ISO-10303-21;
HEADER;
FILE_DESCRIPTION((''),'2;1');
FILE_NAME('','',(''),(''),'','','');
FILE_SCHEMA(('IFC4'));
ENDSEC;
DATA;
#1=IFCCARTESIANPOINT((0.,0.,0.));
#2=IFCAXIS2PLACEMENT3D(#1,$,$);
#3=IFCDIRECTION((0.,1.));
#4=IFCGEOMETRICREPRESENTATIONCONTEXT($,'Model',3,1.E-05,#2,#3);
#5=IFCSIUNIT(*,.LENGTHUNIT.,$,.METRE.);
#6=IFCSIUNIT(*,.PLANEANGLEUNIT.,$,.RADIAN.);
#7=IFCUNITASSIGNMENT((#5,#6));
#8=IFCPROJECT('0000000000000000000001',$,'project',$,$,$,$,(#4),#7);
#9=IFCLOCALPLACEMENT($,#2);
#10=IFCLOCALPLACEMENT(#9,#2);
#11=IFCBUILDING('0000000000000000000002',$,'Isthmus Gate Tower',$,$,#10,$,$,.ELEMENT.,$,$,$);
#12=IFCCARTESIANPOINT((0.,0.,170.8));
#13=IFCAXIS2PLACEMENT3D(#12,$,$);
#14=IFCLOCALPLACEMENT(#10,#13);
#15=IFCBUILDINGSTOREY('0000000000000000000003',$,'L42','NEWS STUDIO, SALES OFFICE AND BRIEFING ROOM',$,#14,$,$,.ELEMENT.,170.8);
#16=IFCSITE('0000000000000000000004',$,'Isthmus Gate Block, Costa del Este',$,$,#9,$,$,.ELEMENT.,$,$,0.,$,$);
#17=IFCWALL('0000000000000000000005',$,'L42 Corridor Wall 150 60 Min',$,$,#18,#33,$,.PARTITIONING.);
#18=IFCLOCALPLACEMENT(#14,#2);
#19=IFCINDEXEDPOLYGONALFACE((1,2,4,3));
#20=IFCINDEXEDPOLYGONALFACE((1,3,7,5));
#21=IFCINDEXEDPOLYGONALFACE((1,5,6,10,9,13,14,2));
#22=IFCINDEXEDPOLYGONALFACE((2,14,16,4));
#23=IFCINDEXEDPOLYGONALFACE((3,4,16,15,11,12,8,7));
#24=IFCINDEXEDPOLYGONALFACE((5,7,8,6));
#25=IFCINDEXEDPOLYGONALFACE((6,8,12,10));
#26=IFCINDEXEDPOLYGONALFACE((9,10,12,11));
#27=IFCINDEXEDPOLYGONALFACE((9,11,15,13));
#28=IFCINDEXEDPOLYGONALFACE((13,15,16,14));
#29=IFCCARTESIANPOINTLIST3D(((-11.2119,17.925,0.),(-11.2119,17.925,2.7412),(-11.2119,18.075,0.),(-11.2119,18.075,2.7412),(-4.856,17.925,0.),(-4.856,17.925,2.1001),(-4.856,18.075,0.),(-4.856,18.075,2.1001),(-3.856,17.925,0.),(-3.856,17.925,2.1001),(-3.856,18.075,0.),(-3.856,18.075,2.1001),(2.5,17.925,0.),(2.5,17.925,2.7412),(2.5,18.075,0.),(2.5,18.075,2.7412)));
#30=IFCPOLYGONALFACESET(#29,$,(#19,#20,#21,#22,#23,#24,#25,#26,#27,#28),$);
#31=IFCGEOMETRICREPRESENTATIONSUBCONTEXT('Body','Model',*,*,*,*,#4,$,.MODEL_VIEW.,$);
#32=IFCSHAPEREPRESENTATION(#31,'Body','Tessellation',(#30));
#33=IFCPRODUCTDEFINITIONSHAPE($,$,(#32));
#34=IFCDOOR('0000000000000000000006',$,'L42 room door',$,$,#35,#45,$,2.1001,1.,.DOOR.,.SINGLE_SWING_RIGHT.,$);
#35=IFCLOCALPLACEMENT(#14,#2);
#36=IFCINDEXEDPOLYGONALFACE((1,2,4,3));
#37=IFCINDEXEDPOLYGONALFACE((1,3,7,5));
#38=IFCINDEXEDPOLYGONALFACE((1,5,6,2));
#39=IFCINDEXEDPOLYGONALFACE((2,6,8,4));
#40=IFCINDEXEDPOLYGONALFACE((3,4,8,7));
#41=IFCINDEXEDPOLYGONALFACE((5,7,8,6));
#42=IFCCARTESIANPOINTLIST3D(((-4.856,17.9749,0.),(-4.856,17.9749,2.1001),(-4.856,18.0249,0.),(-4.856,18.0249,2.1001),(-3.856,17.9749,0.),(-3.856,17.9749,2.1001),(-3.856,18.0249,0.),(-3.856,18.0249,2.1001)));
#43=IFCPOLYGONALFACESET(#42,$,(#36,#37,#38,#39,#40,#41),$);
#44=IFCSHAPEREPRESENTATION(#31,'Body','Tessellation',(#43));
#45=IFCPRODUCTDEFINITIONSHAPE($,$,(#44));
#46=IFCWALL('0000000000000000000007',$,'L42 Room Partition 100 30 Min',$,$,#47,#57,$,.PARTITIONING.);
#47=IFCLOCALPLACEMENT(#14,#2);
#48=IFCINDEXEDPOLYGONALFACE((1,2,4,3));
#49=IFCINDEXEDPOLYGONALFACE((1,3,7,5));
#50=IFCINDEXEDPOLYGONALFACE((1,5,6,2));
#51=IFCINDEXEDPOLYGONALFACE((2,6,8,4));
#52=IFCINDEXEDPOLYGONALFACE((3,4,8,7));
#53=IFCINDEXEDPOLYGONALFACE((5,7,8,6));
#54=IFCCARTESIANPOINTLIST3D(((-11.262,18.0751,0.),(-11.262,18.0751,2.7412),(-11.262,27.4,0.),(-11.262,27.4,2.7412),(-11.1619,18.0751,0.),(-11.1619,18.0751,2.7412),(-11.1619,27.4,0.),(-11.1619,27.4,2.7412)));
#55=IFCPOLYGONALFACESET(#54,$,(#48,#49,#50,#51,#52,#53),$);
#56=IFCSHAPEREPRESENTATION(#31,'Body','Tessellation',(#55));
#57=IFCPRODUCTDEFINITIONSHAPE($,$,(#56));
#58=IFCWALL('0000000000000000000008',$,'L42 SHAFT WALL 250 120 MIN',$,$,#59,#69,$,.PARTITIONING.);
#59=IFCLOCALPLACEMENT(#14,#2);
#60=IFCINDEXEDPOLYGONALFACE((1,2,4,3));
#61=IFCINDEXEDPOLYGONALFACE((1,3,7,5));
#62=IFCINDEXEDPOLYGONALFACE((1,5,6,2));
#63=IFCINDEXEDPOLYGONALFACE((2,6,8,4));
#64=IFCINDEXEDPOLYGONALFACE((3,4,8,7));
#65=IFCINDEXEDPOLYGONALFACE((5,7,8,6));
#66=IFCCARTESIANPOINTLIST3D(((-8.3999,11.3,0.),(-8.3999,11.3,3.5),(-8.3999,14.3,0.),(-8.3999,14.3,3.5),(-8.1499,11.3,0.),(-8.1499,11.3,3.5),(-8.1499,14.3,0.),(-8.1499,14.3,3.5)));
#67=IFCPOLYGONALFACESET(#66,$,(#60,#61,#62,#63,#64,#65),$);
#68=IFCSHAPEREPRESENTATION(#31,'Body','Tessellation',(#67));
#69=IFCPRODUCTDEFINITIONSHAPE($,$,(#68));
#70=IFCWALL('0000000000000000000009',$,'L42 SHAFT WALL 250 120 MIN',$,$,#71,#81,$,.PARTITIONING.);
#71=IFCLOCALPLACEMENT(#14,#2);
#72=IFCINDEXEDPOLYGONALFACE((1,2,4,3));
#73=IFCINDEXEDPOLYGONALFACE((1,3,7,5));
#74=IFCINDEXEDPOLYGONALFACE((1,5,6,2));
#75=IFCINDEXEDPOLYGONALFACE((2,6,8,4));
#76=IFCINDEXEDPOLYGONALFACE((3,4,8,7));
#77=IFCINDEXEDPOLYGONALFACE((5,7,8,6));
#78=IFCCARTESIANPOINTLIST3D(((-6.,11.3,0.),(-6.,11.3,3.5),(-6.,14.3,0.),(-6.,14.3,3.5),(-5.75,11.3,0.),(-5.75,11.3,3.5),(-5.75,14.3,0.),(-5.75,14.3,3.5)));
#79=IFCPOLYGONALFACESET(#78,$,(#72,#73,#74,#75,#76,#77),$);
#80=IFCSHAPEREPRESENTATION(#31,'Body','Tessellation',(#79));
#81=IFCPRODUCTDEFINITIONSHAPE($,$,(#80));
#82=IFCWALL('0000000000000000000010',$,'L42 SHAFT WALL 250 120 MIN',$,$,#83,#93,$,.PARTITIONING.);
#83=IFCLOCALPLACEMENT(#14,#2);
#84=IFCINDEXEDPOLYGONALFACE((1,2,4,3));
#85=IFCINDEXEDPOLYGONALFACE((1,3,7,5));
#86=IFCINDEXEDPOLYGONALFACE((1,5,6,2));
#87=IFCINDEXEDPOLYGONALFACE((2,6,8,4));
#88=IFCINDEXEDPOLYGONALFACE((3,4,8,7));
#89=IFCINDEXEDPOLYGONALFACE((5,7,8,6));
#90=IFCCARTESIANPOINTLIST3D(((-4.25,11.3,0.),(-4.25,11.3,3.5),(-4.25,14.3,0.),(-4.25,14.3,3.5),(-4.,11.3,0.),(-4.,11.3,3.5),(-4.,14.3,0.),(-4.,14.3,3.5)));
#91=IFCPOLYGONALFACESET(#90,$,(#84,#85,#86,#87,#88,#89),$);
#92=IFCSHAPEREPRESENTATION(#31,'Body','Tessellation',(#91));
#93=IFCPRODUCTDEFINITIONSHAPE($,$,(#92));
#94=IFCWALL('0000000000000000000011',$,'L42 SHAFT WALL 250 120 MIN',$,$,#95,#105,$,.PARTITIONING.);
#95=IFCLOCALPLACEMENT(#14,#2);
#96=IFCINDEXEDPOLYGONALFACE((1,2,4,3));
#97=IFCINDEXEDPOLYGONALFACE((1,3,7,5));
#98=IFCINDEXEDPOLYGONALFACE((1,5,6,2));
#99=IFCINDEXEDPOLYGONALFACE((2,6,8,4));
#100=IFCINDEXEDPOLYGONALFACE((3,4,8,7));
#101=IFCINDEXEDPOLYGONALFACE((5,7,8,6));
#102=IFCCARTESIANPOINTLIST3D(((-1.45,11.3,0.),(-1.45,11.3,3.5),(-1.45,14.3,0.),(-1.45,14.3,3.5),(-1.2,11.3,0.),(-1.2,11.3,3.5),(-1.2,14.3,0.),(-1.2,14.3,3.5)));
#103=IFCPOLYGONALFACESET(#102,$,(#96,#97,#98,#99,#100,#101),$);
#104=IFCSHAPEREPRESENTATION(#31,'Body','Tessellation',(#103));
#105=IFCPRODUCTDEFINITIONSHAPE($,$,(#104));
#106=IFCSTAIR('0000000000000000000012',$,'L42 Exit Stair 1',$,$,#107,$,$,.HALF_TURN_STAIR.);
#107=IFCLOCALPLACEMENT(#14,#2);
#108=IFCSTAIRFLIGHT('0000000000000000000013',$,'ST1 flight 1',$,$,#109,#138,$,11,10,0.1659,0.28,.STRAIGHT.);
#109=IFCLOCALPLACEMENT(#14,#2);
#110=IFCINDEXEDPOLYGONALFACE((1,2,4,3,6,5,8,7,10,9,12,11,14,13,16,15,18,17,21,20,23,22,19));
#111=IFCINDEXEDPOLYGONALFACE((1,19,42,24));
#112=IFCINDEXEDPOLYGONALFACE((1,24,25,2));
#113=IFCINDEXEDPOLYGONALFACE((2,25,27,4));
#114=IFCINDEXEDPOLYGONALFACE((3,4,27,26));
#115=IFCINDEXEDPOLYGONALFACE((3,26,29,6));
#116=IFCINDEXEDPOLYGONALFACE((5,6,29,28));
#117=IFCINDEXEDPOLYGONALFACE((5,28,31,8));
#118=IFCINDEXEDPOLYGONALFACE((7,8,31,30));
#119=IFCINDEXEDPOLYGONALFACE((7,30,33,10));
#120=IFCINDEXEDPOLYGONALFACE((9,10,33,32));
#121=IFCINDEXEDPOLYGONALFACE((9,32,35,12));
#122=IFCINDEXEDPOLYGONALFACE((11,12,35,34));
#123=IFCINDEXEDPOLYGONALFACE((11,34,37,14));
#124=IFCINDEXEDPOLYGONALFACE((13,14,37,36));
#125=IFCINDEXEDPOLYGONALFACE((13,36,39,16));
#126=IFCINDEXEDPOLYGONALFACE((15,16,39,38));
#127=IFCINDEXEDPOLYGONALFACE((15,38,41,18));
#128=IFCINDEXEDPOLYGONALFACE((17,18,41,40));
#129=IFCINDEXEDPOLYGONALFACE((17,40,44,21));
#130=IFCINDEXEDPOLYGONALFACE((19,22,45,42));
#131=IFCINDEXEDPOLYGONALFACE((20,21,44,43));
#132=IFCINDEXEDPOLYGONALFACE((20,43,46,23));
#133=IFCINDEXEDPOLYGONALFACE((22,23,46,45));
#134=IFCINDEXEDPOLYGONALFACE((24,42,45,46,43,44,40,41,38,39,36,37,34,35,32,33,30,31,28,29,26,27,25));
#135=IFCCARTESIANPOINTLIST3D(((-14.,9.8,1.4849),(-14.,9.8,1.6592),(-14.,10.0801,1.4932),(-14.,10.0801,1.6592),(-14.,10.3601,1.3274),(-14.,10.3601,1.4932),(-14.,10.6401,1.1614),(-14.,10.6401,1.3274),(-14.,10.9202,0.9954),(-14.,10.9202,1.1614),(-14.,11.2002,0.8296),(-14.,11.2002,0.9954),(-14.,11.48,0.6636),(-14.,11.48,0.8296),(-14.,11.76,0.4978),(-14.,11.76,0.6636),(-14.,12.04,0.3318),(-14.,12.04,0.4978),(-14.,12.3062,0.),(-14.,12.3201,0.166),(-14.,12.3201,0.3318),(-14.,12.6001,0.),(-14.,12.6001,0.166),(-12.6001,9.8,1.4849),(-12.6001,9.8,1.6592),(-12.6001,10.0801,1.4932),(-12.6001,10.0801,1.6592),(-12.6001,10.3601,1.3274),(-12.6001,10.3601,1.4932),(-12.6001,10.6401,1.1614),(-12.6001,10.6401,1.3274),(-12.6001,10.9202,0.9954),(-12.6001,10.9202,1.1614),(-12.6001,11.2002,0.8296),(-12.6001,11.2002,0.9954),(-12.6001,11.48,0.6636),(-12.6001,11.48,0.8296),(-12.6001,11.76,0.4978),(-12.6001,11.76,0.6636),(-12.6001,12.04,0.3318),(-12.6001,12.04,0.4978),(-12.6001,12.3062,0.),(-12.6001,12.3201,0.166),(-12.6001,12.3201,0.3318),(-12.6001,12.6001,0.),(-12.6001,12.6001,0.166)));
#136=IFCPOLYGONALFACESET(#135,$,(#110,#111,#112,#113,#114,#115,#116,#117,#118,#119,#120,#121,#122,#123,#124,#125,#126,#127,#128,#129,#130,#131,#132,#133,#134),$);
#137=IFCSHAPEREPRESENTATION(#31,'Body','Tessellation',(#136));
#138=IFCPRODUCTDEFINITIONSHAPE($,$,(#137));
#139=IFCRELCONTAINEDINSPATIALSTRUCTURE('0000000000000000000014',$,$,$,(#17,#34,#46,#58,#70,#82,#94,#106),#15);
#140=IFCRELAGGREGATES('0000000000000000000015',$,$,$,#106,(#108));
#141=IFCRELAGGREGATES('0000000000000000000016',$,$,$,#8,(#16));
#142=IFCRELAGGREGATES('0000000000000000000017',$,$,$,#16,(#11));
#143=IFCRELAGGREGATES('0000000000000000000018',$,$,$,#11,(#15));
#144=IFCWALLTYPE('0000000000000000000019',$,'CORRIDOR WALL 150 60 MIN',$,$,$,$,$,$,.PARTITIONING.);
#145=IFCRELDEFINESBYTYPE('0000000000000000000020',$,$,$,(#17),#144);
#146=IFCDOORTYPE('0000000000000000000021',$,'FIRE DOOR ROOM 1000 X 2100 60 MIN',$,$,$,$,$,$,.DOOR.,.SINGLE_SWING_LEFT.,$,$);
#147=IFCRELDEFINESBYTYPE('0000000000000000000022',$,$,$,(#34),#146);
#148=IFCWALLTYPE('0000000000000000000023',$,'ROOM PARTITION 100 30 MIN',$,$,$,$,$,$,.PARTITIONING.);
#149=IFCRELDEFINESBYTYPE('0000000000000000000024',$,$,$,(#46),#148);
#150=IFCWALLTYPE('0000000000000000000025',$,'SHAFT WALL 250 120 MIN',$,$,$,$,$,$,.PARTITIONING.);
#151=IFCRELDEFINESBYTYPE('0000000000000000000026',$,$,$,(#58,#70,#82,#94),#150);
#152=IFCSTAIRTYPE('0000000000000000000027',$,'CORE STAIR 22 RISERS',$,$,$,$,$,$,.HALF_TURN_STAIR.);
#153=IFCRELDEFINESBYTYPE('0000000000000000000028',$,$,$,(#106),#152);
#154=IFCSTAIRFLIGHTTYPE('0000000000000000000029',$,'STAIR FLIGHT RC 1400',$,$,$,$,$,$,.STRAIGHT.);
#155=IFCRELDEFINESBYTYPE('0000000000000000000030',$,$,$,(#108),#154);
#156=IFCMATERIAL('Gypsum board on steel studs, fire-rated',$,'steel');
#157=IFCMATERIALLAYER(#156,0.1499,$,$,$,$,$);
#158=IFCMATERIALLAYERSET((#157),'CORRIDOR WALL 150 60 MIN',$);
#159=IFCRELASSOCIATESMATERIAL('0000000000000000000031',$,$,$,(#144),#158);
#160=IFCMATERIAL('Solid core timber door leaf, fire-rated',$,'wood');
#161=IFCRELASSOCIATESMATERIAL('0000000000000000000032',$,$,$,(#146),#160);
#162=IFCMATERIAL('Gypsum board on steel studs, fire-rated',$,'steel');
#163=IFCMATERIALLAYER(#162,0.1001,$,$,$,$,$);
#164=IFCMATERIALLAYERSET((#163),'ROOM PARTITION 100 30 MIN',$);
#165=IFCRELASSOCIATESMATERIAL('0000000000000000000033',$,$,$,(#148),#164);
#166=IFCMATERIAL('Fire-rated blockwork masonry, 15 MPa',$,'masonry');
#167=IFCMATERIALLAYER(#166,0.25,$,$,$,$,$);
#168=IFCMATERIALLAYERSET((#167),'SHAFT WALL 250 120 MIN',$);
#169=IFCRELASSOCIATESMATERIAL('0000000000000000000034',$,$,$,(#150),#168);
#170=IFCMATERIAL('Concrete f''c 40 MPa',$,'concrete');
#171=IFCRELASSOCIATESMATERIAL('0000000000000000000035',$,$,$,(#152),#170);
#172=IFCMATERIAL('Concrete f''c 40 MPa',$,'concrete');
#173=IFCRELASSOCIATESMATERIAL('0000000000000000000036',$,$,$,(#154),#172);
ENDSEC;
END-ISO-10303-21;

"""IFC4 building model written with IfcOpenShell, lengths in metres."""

from ifc_helpers import new_model, si_unit, direction, frame, frame_2d, origin, place, context, subcontext, project, spatial, polyline, rectangle, outline, extrude, material, layer, layer_set, type_object, element, fill, aggregate, save


model = new_model("IFC4")

# Units and contexts
model_context = context("Model", 3, precision=1e-05, world=origin(), true_north=direction((0.0, 1.0)))
body_context = subcontext(model_context, "Body", "Model", "MODEL_VIEW")
ifc_project = project(units=[si_unit("LENGTHUNIT", "METRE"), si_unit("PLANEANGLEUNIT", "RADIAN")], contexts=[model_context])

# Site, building, storey
site_placement = place(None, origin())
site = spatial("IfcSite", under=ifc_project, at=site_placement, Name="Isthmus Gate Block, Costa del Este", CompositionType="ELEMENT", RefElevation=0.0)
building_placement = place(site_placement, origin())
building = spatial("IfcBuilding", under=site, at=building_placement, Name="Isthmus Gate Tower", CompositionType="ELEMENT")
storey_placement = place(building_placement, frame((0.0, 0.0, 170.8)))
storey = spatial("IfcBuildingStorey", under=building, at=storey_placement, Name="L42", Description="NEWS STUDIO, SALES OFFICE AND BRIEFING ROOM", CompositionType="ELEMENT", Elevation=170.8)

# Wall, opening, door
ifc_material_1 = material(Name="Gypsum board on steel studs, fire-rated", Category="steel")
ifc_layer_1 = layer(ifc_material_1, 0.1499)
ifc_layer_set_1 = layer_set([ifc_layer_1], Name="CORRIDOR WALL 150 60 MIN")
wall_type_1 = type_object("IfcWallType", Name="CORRIDOR WALL 150 60 MIN", PredefinedType="PARTITIONING", material=ifc_layer_set_1)
wall_1_placement = place(storey_placement, frame((-11.2119, 18.0, 0.0), z_axis=(0.0, 0.0, 1.0), x_axis=(1.0, 0.0, 0.0)))
wall_1 = element("IfcWall", 1, at=wall_1_placement, inside=storey, type_object=wall_type_1, Name="L42 Corridor Wall 150 60 Min", PredefinedType="PARTITIONING", context=body_context, shape_type="SweptSolid", body=[
    extrude(rectangle(XDim=13.7119, YDim=0.1499, at=frame_2d((6.856, 0.0))), origin(), (0.0, 0.0, 1.0), 2.7412),
])
opening_placement = place(wall_1_placement, frame((6.356, 0.0, 0.0)))
opening = element("IfcOpeningElement", 2, at=opening_placement, cuts=wall_1, PredefinedType="OPENING", context=body_context, shape_type="SweptSolid", body=[
    extrude(rectangle(XDim=1.0, YDim=2.1001, at=frame_2d((0.5, 1.05))), frame((0.0, 0.085, 0.0), z_axis=(0.0, -1.0, 0.0), x_axis=(1.0, 0.0, 0.0)), (0.0, 0.0, 1.0), 0.1699),
])
ifc_material_2 = material(Name="Solid core timber door leaf, fire-rated", Category="wood")
door_type = type_object("IfcDoorType", Name="FIRE DOOR ROOM 1000 X 2100 60 MIN", OperationType="SINGLE_SWING_LEFT", PredefinedType="DOOR", material=ifc_material_2)
door_placement = place(opening_placement, origin())
door = element("IfcDoor", 3, at=door_placement, inside=storey, type_object=door_type, Name="L42 room door", OperationType="SINGLE_SWING_RIGHT", OverallHeight=2.1001, OverallWidth=1.0, PredefinedType="DOOR", context=body_context, shape_type="SweptSolid", body=[
    extrude(rectangle(XDim=1.0, YDim=2.1001, at=frame_2d((0.5, 1.05))), frame((0.0, 0.0249, 0.0), z_axis=(0.0, -1.0, 0.0), x_axis=(1.0, 0.0, 0.0)), (0.0, 0.0, 1.0), 0.05),
])
fill(opening, door)

# Walls
ifc_material_3 = material(Name="Gypsum board on steel studs, fire-rated", Category="steel")
ifc_layer_2 = layer(ifc_material_3, 0.1001)
ifc_layer_set_2 = layer_set([ifc_layer_2], Name="ROOM PARTITION 100 30 MIN")
wall_type_2 = type_object("IfcWallType", Name="ROOM PARTITION 100 30 MIN", PredefinedType="PARTITIONING", material=ifc_layer_set_2)
wall_2_placement = place(storey_placement, frame((-11.2119, 18.075, 0.0), z_axis=(0.0, 0.0, 1.0), x_axis=(0.0, 1.0, 0.0)))
element("IfcWall", 4, at=wall_2_placement, inside=storey, type_object=wall_type_2, Name="L42 Room Partition 100 30 Min", PredefinedType="PARTITIONING", context=body_context, shape_type="SweptSolid", body=[
    extrude(rectangle(XDim=9.325, YDim=0.1001, at=frame_2d((4.6626, 0.0))), origin(), (0.0, 0.0, 1.0), 2.7412),
])
ifc_material_4 = material(Name="Fire-rated blockwork masonry, 15 MPa", Category="masonry")
ifc_layer_3 = layer(ifc_material_4, 0.25)
ifc_layer_set_3 = layer_set([ifc_layer_3], Name="SHAFT WALL 250 120 MIN")
wall_type_3 = type_object("IfcWallType", Name="SHAFT WALL 250 120 MIN", PredefinedType="PARTITIONING", material=ifc_layer_set_3)
for number, where, z_axis, x_axis, name in (
    (5, (-8.2749, 11.3, 0.0), (0.0, 0.0, 1.0), (0.0, 1.0, 0.0), "L42 SHAFT WALL 250 120 MIN"),
    (6, (-5.875, 11.3, 0.0), (0.0, 0.0, 1.0), (0.0, 1.0, 0.0), "L42 SHAFT WALL 250 120 MIN"),
    (7, (-4.125, 11.3, 0.0), (0.0, 0.0, 1.0), (0.0, 1.0, 0.0), "L42 SHAFT WALL 250 120 MIN"),
    (8, (-1.325, 11.3, 0.0), (0.0, 0.0, 1.0), (0.0, 1.0, 0.0), "L42 SHAFT WALL 250 120 MIN"),
):
    element("IfcWall", number, at=place(storey_placement, frame(where, z_axis=z_axis, x_axis=x_axis)), inside=storey, type_object=wall_type_3, Name=name, PredefinedType="PARTITIONING", context=body_context, shape_type="SweptSolid", body=[
        extrude(rectangle(XDim=3.0, YDim=0.25, at=frame_2d((1.5, 0.0))), origin(), (0.0, 0.0, 1.0), 3.5),
    ])

# Stair, stair flight
ifc_material_5 = material(Name="Concrete f'c 40 MPa", Category="concrete")
stair_type = type_object("IfcStairType", Name="CORE STAIR 22 RISERS", PredefinedType="HALF_TURN_STAIR", material=ifc_material_5)
stair_placement = place(storey_placement, origin())
stair = element("IfcStair", 9, at=stair_placement, inside=storey, type_object=stair_type, Name="L42 Exit Stair 1", PredefinedType="HALF_TURN_STAIR")
ifc_material_6 = material(Name="Concrete f'c 40 MPa", Category="concrete")
stair_flight_type = type_object("IfcStairFlightType", Name="STAIR FLIGHT RC 1400", PredefinedType="STRAIGHT", material=ifc_material_6)
stair_flight_placement = place(storey_placement, frame((-13.3, 12.6001, 0.0), z_axis=(0.0, 0.0, 1.0), x_axis=(0.0, -1.0, 0.0)))
stair_flight = element("IfcStairFlight", 10, at=stair_flight_placement, type_object=stair_flight_type, Name="ST1 flight 1", NumberOfRisers=11, NumberOfTreads=10, PredefinedType="STRAIGHT", RiserHeight=0.1659, TreadLength=0.28, context=body_context, shape_type="SweptSolid", body=[
    extrude(outline(polyline([(0.0, 0.0), (0.0, 0.166), (0.28, 0.166), (0.28, 0.3318), (0.5601, 0.3318), (0.5601, 0.4978), (0.8401, 0.4978), (0.8401, 0.6636), (1.1201, 0.6636), (1.1201, 0.8296), (1.3999, 0.8296), (1.3999, 0.9954), (1.6799, 0.9954), (1.6799, 1.1614), (1.96, 1.1614), (1.96, 1.3274), (2.24, 1.3274), (2.24, 1.4932), (2.52, 1.4932), (2.52, 1.6592), (2.8, 1.6592), (2.8, 1.825), (2.8, 1.4849), (0.2939, 0.0), (0.0, 0.0)])), frame((0.0, 0.7, 0.0), z_axis=(0.0, -1.0, 0.0), x_axis=(1.0, 0.0, 0.0)), (0.0, 0.0, 1.0), 1.3999),
])
aggregate(stair, [stair_flight])

save(model, "model.ifc")
